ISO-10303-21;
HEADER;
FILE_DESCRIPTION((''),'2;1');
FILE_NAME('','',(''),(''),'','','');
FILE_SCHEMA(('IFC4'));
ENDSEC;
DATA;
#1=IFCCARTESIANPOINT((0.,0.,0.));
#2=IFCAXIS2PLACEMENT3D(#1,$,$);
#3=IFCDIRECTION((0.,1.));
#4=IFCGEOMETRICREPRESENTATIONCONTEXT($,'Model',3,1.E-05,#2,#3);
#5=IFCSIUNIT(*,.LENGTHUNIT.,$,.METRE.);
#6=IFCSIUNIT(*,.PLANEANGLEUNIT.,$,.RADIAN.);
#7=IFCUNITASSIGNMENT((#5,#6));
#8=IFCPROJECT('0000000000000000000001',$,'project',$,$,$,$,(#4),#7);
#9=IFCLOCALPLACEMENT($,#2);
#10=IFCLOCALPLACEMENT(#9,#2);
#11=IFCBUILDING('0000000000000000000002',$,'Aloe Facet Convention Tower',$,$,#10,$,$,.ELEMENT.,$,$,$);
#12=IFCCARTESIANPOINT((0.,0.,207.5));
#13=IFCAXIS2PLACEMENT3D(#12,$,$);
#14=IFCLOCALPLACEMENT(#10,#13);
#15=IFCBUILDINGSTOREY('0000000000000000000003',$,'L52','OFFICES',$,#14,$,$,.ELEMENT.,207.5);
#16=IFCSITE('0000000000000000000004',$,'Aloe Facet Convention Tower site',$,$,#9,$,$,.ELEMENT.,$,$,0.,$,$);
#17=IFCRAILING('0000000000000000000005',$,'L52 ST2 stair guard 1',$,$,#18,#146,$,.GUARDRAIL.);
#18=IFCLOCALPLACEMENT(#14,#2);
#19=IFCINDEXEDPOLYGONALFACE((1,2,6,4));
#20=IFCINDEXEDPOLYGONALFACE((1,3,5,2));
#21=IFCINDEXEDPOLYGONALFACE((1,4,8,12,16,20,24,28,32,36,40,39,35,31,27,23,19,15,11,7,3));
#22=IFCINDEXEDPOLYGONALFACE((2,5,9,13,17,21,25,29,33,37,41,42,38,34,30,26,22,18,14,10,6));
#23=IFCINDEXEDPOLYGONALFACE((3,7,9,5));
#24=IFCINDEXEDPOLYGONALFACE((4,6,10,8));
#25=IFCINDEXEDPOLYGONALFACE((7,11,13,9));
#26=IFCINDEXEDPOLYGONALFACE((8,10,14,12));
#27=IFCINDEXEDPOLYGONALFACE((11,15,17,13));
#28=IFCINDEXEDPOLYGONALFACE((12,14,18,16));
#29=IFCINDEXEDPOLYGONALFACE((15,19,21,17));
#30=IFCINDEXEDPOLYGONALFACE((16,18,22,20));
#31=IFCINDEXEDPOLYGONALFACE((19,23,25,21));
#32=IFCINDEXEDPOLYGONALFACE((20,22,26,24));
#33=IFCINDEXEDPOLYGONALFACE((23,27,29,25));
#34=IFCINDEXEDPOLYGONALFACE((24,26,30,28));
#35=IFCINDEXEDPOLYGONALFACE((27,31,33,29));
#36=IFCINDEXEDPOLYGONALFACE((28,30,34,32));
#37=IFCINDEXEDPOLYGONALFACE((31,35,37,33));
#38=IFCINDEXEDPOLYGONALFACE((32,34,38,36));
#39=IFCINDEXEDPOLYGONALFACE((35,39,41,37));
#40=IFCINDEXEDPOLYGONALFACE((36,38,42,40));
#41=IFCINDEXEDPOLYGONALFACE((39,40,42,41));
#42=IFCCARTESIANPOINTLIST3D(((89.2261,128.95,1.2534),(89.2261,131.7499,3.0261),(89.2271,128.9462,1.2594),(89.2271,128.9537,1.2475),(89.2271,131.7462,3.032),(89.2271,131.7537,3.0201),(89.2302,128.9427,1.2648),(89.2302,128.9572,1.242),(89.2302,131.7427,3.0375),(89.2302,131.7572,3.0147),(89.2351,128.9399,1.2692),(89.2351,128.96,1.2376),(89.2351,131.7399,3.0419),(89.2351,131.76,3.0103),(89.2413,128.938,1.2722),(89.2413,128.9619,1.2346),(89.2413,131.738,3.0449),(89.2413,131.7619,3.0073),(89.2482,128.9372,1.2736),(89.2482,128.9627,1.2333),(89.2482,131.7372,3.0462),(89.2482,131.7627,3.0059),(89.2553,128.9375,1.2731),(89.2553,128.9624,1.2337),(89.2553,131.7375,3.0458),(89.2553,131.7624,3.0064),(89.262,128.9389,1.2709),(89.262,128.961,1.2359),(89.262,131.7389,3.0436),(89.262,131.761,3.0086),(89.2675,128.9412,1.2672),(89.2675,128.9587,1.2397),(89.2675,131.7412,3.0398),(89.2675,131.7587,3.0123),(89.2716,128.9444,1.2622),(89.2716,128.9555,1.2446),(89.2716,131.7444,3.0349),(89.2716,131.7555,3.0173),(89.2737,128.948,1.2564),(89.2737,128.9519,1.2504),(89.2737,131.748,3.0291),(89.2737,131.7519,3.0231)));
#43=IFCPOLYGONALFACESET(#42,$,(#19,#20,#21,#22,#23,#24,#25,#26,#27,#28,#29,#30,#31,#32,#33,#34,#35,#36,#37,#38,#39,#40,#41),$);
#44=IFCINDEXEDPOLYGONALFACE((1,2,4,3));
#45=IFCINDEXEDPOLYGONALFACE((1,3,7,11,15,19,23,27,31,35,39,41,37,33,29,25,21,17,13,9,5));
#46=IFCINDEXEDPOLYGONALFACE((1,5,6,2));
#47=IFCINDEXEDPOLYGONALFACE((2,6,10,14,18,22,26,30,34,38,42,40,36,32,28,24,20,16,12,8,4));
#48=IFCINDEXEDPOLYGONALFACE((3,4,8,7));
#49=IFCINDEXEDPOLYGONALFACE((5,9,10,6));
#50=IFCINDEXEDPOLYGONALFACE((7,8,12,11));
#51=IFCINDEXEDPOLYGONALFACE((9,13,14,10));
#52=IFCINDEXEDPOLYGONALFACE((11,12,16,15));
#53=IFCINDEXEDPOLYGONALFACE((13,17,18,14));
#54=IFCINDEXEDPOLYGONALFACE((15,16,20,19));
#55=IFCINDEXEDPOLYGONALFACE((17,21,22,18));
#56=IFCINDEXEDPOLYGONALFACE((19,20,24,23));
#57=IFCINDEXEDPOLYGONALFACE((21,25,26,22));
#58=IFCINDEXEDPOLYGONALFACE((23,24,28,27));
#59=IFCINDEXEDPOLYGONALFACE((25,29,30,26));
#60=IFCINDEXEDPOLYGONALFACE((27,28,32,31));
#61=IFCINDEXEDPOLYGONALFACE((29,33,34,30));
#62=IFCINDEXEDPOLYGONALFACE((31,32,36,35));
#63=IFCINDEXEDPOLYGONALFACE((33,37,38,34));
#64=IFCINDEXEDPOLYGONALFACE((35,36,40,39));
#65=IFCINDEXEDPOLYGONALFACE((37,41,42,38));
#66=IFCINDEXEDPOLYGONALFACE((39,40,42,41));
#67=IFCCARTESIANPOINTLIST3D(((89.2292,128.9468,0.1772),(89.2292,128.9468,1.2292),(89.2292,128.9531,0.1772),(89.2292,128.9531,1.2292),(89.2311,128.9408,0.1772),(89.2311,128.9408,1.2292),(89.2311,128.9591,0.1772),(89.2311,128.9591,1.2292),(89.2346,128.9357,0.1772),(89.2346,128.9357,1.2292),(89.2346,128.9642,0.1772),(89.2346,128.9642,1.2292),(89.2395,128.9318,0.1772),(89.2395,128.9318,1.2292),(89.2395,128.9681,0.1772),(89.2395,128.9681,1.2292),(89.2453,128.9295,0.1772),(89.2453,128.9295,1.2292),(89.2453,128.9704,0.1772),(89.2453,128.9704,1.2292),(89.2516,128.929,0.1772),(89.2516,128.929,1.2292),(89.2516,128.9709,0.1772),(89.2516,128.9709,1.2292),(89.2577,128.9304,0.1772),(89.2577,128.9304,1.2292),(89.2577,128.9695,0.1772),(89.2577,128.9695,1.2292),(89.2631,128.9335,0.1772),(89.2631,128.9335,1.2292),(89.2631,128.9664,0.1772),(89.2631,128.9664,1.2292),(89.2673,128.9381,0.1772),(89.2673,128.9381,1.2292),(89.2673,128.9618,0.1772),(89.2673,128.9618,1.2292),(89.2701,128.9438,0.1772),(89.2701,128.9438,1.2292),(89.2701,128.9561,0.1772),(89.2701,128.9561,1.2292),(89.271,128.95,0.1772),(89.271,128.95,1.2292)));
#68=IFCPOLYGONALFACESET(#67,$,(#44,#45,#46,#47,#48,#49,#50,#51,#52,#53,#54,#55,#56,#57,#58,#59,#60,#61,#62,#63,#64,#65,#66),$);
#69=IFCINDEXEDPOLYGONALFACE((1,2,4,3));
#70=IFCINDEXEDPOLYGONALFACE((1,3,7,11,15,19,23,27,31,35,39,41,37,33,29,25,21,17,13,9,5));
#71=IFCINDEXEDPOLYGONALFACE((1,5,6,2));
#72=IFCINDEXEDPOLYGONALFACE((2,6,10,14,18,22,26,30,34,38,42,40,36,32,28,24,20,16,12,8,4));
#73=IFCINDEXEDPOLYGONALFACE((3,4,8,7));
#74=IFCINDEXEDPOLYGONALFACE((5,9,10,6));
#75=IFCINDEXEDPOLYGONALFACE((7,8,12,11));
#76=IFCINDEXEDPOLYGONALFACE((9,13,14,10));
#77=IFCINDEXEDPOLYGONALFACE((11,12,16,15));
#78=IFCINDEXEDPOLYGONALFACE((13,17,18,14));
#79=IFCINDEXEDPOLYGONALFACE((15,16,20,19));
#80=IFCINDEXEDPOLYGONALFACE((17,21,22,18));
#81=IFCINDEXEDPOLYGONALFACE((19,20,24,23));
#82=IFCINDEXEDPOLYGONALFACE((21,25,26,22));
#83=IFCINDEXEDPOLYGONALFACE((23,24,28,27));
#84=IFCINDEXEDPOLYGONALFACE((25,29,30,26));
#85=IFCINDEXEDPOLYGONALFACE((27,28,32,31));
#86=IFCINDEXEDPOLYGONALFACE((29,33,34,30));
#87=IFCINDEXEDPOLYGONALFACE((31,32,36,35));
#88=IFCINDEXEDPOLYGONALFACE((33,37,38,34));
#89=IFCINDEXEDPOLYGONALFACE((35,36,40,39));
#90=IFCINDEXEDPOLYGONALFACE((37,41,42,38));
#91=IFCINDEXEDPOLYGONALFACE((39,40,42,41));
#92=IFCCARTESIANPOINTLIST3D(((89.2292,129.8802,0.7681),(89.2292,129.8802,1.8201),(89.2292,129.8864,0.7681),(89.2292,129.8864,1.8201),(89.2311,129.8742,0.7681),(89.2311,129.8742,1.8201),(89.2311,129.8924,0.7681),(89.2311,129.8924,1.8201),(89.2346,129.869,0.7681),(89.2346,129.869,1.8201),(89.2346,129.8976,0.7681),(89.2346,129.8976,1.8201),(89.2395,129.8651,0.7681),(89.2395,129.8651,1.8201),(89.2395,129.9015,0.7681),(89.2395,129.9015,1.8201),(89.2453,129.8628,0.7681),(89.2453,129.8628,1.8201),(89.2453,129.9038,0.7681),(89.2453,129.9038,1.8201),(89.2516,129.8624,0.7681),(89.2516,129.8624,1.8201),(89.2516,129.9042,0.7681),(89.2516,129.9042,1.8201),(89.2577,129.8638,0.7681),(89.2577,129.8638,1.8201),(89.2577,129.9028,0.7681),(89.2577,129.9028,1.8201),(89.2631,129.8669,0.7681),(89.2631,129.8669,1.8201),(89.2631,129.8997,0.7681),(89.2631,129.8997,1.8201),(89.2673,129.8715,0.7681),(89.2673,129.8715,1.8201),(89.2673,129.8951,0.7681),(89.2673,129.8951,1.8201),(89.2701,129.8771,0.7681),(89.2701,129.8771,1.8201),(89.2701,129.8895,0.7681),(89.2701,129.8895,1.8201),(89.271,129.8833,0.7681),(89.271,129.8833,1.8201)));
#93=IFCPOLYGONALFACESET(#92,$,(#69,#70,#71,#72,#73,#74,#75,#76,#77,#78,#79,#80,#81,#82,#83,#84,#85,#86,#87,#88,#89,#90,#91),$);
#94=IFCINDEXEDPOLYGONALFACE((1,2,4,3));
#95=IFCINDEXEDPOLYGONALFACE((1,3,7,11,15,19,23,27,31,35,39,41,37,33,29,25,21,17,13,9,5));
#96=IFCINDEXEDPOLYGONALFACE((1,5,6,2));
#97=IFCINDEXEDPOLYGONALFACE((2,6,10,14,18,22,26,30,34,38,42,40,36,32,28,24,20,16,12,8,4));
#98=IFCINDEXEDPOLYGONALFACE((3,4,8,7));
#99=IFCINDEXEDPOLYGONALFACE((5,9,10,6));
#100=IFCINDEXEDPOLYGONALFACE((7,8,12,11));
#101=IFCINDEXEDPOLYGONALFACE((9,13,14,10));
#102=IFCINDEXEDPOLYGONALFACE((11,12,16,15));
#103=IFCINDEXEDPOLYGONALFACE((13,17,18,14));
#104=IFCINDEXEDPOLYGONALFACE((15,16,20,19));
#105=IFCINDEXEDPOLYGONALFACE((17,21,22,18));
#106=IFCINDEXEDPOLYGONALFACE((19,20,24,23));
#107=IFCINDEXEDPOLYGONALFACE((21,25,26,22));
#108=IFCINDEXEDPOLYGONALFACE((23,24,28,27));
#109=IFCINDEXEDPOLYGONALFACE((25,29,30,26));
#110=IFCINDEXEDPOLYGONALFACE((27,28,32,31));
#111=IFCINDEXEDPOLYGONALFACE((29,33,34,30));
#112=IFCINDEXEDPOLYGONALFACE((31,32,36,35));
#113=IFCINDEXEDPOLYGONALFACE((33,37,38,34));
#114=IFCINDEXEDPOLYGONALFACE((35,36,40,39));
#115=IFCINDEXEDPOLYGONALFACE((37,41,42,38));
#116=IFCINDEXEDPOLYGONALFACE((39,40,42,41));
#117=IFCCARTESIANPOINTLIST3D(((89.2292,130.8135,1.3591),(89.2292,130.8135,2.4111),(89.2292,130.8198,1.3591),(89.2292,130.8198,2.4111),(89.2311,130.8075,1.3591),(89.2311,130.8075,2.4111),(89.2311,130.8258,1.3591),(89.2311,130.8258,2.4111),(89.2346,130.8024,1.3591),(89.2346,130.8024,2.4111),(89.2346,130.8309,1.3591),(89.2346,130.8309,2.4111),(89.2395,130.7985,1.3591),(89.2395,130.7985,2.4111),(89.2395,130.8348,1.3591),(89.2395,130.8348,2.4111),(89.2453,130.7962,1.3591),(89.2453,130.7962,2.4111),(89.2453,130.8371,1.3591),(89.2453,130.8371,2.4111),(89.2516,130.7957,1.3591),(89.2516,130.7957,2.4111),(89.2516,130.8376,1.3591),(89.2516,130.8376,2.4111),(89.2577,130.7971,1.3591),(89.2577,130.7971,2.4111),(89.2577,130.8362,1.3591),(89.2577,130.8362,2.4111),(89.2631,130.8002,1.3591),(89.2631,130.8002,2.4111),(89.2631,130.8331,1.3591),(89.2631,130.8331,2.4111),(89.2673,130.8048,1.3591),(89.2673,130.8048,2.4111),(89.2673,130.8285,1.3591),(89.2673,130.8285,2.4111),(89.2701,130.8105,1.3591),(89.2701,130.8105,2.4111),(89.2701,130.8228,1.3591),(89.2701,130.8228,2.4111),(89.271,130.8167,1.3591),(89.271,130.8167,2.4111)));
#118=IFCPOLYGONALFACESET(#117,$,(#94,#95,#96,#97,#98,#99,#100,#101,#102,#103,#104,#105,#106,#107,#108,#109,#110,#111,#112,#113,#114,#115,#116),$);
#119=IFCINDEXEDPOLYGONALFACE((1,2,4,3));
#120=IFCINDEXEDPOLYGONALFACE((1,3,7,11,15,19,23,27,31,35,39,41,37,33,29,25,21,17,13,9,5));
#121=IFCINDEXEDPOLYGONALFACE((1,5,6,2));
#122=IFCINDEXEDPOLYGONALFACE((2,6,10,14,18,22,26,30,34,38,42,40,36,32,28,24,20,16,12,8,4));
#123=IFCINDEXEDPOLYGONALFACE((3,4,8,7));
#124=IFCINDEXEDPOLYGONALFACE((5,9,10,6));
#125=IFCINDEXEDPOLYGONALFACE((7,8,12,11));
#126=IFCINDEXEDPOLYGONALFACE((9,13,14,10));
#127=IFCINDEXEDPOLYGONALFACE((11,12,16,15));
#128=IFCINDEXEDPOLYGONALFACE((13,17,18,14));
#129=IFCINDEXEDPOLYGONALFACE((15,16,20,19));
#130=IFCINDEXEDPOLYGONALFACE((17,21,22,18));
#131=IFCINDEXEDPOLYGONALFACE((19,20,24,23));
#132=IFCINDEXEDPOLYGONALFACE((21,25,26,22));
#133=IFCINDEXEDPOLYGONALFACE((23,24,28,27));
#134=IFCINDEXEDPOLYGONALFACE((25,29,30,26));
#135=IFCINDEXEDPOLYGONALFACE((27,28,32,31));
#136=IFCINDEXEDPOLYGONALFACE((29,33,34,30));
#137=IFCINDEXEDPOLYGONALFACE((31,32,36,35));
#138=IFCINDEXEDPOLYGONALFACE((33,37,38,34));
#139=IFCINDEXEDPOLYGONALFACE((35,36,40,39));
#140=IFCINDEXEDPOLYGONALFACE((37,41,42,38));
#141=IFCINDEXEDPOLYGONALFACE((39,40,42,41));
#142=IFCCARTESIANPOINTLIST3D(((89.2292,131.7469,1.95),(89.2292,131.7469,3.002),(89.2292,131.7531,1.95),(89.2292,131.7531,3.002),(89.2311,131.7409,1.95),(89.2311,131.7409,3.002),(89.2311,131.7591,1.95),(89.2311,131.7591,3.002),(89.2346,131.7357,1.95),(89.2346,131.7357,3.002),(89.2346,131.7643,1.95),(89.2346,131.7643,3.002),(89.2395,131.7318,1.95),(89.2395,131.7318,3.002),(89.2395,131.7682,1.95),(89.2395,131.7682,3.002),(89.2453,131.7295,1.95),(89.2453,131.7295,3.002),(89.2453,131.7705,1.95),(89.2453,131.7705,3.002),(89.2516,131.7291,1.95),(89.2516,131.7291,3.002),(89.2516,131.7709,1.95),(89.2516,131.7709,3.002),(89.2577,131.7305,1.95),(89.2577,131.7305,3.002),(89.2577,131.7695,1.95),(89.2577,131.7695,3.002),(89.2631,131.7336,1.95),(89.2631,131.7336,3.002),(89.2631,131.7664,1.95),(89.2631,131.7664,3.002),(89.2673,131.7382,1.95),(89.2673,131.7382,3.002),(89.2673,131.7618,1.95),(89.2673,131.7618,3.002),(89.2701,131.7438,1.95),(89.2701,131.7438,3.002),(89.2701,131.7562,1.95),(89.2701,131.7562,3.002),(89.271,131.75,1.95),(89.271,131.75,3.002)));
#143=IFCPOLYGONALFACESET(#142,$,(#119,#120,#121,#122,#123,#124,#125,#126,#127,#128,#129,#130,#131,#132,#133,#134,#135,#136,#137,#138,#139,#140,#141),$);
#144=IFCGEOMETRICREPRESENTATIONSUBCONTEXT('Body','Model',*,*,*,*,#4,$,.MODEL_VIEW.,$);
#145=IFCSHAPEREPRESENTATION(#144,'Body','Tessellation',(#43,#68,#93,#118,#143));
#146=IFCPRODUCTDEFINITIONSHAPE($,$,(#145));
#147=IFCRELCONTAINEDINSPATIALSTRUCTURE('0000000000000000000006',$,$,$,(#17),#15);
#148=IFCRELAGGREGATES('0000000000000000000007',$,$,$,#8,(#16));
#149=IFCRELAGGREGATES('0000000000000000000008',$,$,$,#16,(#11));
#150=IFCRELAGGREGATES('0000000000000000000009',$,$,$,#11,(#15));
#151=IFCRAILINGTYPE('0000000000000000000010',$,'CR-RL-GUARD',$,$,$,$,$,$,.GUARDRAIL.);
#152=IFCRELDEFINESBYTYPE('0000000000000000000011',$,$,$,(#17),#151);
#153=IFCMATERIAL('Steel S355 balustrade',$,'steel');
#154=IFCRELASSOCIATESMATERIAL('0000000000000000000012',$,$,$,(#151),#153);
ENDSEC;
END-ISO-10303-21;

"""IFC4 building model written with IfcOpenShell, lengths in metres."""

from ifc_helpers import new_model, si_unit, direction, frame, origin, origin_2d, place, context, subcontext, project, spatial, circle, extrude, material, type_object, element, save


model = new_model("IFC4")

# Units and contexts
model_context = context("Model", 3, precision=1e-05, world=origin(), true_north=direction((0.0, 1.0)))
body_context = subcontext(model_context, "Body", "Model", "MODEL_VIEW")
ifc_project = project(units=[si_unit("LENGTHUNIT", "METRE"), si_unit("PLANEANGLEUNIT", "RADIAN")], contexts=[model_context])

# Site, building, storey
site_placement = place(None, origin())
site = spatial("IfcSite", under=ifc_project, at=site_placement, Name="Aloe Facet Convention Tower site", CompositionType="ELEMENT", RefElevation=0.0)
building_placement = place(site_placement, origin())
building = spatial("IfcBuilding", under=site, at=building_placement, Name="Aloe Facet Convention Tower", CompositionType="ELEMENT")
storey_placement = place(building_placement, frame((0.0, 0.0, 207.5)))
storey = spatial("IfcBuildingStorey", under=building, at=storey_placement, Name="L52", Description="OFFICES", CompositionType="ELEMENT", Elevation=207.5)

# Railing
ifc_material_1 = material(Name="Steel S355 balustrade", Category="steel")
railing_type_1 = type_object("IfcRailingType", Name="CR-RL-GUARD", PredefinedType="GUARDRAIL", material=ifc_material_1)
railing_1_placement = place(storey_placement, frame((89.25, 128.95, 0.1772)))
element("IfcRailing", 1, at=railing_1_placement, inside=storey, type_object=railing_type_1, Name="L52 ST2 stair guard 1", PredefinedType="GUARDRAIL", context=body_context, shape_type="SweptSolid", body=[
    extrude(circle(Radius=0.0239, at=origin_2d()), frame((0.0, 0.0, 1.0762), z_axis=(0.0, 0.844909, 0.53491), x_axis=(-1.0, 0.0, 0.0)), (0.0, 0.0, 1.0), 3.314),
    extrude(circle(Radius=0.021, at=origin_2d()), origin(), (0.0, 0.0, 1.0), 1.052),
    extrude(circle(Radius=0.021, at=origin_2d()), frame((0.0, 0.9333, 0.5908)), (0.0, 0.0, 1.0), 1.052),
    extrude(circle(Radius=0.021, at=origin_2d()), frame((0.0, 1.8667, 1.1819)), (0.0, 0.0, 1.0), 1.052),
    extrude(circle(Radius=0.021, at=origin_2d()), frame((0.0, 2.8, 1.7727)), (0.0, 0.0, 1.0), 1.052),
])

save(model, "model.ifc")
